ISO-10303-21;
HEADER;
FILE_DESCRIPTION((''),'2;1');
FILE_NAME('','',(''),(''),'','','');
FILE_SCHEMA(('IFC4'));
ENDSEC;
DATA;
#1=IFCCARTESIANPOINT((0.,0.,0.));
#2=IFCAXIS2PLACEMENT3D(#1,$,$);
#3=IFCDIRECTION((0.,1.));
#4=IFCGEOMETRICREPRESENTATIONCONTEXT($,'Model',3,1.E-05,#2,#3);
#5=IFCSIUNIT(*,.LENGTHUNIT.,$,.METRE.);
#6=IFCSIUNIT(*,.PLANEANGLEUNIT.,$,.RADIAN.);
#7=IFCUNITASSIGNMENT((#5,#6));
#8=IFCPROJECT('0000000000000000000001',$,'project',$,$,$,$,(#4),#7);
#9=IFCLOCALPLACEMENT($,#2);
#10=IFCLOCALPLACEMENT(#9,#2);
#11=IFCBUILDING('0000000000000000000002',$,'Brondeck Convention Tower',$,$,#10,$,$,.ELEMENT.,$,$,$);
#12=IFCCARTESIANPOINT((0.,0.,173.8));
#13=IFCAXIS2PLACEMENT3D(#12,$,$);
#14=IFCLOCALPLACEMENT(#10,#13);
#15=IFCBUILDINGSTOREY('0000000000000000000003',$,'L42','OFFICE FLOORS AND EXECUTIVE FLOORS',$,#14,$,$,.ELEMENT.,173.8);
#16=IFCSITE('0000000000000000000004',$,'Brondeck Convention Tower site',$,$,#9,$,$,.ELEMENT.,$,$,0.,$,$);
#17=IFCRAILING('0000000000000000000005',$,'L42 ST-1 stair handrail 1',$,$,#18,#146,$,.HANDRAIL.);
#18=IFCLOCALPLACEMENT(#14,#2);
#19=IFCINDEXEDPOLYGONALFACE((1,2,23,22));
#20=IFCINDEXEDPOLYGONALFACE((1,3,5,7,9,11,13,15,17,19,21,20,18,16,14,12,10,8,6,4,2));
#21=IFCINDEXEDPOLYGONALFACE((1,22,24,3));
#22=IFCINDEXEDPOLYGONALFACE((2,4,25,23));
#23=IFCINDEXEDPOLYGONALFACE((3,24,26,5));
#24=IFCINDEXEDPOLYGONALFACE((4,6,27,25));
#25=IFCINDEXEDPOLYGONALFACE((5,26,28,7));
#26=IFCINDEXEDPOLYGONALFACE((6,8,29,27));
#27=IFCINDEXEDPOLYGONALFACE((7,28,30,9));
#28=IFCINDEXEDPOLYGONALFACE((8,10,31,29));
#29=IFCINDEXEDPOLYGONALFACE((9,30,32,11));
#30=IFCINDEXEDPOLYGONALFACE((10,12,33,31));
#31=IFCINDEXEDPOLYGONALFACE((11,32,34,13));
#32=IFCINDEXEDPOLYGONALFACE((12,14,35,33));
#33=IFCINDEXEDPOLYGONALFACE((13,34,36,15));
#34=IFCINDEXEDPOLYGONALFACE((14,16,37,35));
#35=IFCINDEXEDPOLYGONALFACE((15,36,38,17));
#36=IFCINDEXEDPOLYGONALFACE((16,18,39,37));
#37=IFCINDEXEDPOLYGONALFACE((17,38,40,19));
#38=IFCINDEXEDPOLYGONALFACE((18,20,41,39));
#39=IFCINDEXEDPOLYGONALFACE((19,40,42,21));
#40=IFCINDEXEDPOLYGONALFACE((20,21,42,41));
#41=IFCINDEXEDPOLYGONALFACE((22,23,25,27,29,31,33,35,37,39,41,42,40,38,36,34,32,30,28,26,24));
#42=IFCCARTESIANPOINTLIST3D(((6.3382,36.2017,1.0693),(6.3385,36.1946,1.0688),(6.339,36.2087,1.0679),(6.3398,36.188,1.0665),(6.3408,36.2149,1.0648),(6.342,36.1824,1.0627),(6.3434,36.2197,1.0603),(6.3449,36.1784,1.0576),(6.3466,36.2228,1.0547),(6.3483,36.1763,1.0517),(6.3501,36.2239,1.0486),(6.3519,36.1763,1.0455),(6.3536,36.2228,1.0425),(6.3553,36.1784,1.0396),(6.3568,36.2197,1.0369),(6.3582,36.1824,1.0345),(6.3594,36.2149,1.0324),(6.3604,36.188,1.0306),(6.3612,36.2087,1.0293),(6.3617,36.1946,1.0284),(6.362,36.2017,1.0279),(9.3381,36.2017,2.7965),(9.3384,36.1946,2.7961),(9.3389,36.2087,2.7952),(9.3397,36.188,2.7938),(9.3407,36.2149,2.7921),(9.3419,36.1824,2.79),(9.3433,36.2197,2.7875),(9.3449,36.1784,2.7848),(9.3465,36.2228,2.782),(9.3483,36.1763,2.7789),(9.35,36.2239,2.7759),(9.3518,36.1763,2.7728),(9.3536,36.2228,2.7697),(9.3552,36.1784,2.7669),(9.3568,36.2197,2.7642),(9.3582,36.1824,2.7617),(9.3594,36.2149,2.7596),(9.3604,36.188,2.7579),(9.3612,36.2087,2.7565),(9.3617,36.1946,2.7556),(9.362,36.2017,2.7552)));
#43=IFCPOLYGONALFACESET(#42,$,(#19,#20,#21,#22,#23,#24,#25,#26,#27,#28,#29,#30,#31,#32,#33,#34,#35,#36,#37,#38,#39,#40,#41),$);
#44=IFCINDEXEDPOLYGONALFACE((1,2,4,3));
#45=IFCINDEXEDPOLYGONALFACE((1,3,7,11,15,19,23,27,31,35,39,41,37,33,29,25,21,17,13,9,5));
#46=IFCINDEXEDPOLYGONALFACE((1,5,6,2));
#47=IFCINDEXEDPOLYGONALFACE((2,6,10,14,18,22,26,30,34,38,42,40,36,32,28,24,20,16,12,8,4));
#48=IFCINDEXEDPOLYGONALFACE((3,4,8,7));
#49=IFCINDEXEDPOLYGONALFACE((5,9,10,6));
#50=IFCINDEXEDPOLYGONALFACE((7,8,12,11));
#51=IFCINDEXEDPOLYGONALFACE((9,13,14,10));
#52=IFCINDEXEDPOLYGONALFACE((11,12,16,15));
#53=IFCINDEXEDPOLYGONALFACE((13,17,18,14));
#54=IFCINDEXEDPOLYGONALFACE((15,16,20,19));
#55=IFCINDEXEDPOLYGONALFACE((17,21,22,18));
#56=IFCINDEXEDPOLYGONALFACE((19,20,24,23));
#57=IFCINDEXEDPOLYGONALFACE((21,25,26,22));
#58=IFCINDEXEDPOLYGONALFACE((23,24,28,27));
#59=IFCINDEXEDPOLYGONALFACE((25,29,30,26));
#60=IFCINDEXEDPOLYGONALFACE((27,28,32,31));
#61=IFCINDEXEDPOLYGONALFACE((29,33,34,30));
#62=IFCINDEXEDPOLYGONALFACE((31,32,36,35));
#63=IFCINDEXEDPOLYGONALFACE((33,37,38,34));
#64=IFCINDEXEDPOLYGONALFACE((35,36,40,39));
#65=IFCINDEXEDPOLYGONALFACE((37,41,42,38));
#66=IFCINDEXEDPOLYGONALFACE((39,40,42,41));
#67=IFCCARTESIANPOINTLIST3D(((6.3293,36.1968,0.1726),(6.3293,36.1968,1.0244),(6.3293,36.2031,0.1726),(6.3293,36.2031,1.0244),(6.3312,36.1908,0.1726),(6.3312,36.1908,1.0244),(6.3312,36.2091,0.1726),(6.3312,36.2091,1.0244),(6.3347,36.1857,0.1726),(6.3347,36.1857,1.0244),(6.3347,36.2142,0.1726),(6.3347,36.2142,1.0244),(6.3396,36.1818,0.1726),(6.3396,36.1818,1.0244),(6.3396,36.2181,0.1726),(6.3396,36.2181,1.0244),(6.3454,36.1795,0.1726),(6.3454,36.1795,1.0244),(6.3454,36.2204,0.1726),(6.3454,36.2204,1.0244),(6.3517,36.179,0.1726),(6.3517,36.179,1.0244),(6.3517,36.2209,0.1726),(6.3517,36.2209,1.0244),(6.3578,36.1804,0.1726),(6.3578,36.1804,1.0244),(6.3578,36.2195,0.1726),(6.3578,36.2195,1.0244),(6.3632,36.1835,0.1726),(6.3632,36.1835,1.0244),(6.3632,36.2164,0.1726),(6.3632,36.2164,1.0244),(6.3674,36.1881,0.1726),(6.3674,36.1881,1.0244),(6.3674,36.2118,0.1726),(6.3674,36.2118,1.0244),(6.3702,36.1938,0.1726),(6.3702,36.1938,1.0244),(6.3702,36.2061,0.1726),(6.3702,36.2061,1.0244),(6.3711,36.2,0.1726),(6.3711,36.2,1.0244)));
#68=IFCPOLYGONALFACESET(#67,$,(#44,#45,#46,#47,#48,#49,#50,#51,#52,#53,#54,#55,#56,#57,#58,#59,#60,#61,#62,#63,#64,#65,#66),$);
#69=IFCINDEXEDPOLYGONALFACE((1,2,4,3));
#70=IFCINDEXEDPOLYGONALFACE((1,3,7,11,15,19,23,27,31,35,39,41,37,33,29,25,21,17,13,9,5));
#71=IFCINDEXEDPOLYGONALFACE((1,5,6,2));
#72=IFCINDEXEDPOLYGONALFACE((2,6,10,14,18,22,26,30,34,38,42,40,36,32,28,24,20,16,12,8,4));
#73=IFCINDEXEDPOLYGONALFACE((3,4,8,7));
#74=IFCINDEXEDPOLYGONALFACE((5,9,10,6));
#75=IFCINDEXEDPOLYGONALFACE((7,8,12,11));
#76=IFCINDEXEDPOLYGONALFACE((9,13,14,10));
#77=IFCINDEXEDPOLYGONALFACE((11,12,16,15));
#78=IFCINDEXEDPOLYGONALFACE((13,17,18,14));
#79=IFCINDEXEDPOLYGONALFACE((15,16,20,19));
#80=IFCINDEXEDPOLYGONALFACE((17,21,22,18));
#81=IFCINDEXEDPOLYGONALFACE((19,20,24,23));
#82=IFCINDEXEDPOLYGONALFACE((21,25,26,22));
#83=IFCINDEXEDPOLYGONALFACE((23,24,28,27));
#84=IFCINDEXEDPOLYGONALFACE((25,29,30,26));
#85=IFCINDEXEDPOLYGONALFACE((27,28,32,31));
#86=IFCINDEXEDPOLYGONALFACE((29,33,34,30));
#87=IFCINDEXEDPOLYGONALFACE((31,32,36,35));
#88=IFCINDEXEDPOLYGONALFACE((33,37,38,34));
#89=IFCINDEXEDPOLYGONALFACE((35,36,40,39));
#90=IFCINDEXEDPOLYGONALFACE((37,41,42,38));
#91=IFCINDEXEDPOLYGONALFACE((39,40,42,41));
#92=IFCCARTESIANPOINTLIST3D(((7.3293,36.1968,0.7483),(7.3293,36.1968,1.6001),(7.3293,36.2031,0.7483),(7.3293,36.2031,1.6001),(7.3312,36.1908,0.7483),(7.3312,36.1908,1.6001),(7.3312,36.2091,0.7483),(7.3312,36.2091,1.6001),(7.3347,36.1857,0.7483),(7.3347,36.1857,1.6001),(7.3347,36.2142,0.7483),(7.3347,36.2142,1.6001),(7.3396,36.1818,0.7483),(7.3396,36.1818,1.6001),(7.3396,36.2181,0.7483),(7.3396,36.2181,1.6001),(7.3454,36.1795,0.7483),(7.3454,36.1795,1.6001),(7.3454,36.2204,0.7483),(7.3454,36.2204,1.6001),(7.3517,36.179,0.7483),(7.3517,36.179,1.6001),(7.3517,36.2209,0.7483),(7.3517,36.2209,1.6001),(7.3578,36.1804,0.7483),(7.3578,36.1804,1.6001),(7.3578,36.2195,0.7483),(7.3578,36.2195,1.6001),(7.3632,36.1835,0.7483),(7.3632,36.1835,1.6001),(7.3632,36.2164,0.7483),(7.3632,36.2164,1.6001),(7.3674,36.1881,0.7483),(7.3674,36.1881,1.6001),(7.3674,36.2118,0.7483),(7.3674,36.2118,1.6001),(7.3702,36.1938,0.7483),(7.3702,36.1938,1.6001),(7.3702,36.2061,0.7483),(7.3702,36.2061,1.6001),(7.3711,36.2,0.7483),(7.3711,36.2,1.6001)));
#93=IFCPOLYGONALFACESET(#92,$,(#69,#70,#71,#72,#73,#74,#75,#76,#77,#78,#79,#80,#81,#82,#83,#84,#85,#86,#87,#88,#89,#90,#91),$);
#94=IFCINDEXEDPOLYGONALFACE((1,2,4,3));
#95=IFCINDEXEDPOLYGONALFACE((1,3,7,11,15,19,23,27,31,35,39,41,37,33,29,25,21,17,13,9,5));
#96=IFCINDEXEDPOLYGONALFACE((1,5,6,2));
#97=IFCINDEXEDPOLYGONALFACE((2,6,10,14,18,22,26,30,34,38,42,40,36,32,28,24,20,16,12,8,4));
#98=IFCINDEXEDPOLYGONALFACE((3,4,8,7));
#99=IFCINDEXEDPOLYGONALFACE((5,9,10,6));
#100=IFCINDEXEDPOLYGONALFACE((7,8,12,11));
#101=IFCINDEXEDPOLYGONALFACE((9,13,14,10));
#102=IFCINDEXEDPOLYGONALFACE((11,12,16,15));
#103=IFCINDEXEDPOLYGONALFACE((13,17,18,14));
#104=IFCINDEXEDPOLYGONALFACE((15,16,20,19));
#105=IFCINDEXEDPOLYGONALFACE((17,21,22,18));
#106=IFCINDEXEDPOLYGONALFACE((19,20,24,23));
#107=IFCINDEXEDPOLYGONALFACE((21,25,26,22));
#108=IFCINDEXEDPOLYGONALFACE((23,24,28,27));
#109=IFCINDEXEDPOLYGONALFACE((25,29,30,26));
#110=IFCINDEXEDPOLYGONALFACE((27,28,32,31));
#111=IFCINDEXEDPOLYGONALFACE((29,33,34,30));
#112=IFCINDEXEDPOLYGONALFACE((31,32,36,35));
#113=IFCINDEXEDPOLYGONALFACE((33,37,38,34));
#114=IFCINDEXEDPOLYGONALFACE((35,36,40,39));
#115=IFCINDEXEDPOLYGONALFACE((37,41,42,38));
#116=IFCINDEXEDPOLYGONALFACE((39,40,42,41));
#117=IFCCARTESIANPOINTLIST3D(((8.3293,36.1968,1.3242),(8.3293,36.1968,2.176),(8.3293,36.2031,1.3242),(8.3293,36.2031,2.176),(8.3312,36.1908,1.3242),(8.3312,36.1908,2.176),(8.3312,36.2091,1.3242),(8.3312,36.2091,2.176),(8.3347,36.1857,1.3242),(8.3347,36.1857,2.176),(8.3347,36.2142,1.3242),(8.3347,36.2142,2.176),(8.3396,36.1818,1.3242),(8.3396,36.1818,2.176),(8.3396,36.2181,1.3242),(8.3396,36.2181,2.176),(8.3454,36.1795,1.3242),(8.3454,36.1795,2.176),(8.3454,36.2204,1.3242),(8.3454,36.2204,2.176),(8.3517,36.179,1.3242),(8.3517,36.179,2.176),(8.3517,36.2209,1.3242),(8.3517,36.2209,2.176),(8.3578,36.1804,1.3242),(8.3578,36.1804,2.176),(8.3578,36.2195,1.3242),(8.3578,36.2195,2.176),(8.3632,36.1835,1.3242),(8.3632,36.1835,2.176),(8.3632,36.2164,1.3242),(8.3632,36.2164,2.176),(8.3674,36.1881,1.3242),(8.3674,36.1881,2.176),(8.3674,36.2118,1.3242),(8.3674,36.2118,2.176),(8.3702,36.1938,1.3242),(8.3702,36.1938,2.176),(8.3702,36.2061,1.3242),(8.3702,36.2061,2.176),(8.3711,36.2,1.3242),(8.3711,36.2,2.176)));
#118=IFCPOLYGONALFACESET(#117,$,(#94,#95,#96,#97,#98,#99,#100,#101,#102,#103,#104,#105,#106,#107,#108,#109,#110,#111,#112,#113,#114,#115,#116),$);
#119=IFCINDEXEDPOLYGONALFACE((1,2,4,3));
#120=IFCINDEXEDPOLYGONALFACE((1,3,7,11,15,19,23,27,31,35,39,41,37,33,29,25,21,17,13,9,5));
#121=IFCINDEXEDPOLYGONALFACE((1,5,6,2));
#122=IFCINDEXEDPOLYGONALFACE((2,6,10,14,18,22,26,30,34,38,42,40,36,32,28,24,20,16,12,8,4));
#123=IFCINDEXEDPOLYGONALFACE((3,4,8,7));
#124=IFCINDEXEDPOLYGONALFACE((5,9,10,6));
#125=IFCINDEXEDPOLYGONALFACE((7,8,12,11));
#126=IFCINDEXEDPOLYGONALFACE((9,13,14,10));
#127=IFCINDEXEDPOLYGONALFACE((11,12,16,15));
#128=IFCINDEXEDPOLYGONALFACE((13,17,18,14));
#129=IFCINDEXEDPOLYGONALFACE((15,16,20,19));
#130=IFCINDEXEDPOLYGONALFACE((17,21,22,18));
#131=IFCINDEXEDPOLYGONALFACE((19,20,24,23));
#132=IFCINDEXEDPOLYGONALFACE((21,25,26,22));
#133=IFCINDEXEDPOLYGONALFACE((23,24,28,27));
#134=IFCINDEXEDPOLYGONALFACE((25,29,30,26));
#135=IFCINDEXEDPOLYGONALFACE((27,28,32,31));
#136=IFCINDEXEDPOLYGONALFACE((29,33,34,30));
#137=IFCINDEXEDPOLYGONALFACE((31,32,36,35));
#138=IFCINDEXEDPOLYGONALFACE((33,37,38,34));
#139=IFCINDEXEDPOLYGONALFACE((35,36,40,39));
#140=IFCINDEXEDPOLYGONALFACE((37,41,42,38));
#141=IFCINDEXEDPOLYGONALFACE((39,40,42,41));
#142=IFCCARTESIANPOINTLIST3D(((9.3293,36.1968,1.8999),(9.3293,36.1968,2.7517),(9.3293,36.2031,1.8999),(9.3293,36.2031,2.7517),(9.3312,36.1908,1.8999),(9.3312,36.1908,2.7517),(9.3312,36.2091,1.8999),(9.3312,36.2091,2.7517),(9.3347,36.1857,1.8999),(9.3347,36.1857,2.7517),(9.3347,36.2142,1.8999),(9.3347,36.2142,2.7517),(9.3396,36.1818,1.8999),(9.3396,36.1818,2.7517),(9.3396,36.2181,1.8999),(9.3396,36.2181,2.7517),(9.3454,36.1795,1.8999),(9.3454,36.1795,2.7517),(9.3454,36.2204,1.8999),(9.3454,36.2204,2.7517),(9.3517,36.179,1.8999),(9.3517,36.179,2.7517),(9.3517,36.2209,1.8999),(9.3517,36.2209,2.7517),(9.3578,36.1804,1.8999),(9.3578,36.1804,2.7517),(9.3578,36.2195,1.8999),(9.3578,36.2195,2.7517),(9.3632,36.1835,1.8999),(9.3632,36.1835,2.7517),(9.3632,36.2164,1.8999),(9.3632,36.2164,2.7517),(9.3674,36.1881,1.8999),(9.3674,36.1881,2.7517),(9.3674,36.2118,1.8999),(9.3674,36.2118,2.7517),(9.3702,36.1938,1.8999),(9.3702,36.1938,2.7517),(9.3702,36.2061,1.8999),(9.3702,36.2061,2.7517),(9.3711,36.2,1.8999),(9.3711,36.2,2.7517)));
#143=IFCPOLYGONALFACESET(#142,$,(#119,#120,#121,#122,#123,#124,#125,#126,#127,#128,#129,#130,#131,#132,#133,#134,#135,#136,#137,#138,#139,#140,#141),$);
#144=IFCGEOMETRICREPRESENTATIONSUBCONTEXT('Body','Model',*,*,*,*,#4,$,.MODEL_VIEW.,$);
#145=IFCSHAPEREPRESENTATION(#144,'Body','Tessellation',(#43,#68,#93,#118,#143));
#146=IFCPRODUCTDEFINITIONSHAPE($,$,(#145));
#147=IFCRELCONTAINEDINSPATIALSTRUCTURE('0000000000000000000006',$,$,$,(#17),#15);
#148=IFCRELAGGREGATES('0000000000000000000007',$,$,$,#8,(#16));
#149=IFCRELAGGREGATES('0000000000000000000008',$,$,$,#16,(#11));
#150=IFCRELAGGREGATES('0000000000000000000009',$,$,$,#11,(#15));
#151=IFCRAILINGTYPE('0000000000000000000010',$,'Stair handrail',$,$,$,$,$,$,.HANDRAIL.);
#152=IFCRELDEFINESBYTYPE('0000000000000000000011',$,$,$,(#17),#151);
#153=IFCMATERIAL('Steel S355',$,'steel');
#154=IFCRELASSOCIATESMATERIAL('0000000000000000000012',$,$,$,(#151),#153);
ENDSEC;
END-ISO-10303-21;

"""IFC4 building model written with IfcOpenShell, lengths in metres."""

from ifc_helpers import new_model, si_unit, direction, frame, origin, origin_2d, place, context, subcontext, project, spatial, circle, extrude, material, type_object, element, save


model = new_model("IFC4")

# Units and contexts
model_context = context("Model", 3, precision=1e-05, world=origin(), true_north=direction((0.0, 1.0)))
body_context = subcontext(model_context, "Body", "Model", "MODEL_VIEW")
ifc_project = project(units=[si_unit("LENGTHUNIT", "METRE"), si_unit("PLANEANGLEUNIT", "RADIAN")], contexts=[model_context])

# Site, building, storey
site_placement = place(None, origin())
site = spatial("IfcSite", under=ifc_project, at=site_placement, Name="Brondeck Convention Tower site", CompositionType="ELEMENT", RefElevation=0.0)
building_placement = place(site_placement, origin())
building = spatial("IfcBuilding", under=site, at=building_placement, Name="Brondeck Convention Tower", CompositionType="ELEMENT")
storey_placement = place(building_placement, frame((0.0, 0.0, 173.8)))
storey = spatial("IfcBuildingStorey", under=building, at=storey_placement, Name="L42", Description="OFFICE FLOORS AND EXECUTIVE FLOORS", CompositionType="ELEMENT", Elevation=173.8)

# Railing
ifc_material_1 = material(Name="Steel S355", Category="steel")
railing_type_1 = type_object("IfcRailingType", Name="Stair handrail", PredefinedType="HANDRAIL", material=ifc_material_1)
railing_1_placement = place(storey_placement, frame((6.3501, 36.2, 0.1726)))
element("IfcRailing", 1, at=railing_1_placement, inside=storey, type_object=railing_type_1, Name="L42 ST-1 stair handrail 1", PredefinedType="HANDRAIL", context=body_context, shape_type="SweptSolid", body=[
    extrude(circle(Radius=0.0239, at=origin_2d()), frame((0.0, 0.0, 0.876), z_axis=(0.86662, 0.0, 0.498969), x_axis=(0.0, 1.0, 0.0)), (0.0, 0.0, 1.0), 3.4617),
    extrude(circle(Radius=0.021, at=origin_2d()), origin(), (0.0, 0.0, 1.0), 0.8518),
    extrude(circle(Radius=0.021, at=origin_2d()), frame((1.0, 0.0, 0.5757)), (0.0, 0.0, 1.0), 0.8518),
    extrude(circle(Radius=0.021, at=origin_2d()), frame((2.0, 0.0, 1.1516)), (0.0, 0.0, 1.0), 0.8518),
    extrude(circle(Radius=0.021, at=origin_2d()), frame((3.0, 0.0, 1.7273)), (0.0, 0.0, 1.0), 0.8518),
])

save(model, "model.ifc")
